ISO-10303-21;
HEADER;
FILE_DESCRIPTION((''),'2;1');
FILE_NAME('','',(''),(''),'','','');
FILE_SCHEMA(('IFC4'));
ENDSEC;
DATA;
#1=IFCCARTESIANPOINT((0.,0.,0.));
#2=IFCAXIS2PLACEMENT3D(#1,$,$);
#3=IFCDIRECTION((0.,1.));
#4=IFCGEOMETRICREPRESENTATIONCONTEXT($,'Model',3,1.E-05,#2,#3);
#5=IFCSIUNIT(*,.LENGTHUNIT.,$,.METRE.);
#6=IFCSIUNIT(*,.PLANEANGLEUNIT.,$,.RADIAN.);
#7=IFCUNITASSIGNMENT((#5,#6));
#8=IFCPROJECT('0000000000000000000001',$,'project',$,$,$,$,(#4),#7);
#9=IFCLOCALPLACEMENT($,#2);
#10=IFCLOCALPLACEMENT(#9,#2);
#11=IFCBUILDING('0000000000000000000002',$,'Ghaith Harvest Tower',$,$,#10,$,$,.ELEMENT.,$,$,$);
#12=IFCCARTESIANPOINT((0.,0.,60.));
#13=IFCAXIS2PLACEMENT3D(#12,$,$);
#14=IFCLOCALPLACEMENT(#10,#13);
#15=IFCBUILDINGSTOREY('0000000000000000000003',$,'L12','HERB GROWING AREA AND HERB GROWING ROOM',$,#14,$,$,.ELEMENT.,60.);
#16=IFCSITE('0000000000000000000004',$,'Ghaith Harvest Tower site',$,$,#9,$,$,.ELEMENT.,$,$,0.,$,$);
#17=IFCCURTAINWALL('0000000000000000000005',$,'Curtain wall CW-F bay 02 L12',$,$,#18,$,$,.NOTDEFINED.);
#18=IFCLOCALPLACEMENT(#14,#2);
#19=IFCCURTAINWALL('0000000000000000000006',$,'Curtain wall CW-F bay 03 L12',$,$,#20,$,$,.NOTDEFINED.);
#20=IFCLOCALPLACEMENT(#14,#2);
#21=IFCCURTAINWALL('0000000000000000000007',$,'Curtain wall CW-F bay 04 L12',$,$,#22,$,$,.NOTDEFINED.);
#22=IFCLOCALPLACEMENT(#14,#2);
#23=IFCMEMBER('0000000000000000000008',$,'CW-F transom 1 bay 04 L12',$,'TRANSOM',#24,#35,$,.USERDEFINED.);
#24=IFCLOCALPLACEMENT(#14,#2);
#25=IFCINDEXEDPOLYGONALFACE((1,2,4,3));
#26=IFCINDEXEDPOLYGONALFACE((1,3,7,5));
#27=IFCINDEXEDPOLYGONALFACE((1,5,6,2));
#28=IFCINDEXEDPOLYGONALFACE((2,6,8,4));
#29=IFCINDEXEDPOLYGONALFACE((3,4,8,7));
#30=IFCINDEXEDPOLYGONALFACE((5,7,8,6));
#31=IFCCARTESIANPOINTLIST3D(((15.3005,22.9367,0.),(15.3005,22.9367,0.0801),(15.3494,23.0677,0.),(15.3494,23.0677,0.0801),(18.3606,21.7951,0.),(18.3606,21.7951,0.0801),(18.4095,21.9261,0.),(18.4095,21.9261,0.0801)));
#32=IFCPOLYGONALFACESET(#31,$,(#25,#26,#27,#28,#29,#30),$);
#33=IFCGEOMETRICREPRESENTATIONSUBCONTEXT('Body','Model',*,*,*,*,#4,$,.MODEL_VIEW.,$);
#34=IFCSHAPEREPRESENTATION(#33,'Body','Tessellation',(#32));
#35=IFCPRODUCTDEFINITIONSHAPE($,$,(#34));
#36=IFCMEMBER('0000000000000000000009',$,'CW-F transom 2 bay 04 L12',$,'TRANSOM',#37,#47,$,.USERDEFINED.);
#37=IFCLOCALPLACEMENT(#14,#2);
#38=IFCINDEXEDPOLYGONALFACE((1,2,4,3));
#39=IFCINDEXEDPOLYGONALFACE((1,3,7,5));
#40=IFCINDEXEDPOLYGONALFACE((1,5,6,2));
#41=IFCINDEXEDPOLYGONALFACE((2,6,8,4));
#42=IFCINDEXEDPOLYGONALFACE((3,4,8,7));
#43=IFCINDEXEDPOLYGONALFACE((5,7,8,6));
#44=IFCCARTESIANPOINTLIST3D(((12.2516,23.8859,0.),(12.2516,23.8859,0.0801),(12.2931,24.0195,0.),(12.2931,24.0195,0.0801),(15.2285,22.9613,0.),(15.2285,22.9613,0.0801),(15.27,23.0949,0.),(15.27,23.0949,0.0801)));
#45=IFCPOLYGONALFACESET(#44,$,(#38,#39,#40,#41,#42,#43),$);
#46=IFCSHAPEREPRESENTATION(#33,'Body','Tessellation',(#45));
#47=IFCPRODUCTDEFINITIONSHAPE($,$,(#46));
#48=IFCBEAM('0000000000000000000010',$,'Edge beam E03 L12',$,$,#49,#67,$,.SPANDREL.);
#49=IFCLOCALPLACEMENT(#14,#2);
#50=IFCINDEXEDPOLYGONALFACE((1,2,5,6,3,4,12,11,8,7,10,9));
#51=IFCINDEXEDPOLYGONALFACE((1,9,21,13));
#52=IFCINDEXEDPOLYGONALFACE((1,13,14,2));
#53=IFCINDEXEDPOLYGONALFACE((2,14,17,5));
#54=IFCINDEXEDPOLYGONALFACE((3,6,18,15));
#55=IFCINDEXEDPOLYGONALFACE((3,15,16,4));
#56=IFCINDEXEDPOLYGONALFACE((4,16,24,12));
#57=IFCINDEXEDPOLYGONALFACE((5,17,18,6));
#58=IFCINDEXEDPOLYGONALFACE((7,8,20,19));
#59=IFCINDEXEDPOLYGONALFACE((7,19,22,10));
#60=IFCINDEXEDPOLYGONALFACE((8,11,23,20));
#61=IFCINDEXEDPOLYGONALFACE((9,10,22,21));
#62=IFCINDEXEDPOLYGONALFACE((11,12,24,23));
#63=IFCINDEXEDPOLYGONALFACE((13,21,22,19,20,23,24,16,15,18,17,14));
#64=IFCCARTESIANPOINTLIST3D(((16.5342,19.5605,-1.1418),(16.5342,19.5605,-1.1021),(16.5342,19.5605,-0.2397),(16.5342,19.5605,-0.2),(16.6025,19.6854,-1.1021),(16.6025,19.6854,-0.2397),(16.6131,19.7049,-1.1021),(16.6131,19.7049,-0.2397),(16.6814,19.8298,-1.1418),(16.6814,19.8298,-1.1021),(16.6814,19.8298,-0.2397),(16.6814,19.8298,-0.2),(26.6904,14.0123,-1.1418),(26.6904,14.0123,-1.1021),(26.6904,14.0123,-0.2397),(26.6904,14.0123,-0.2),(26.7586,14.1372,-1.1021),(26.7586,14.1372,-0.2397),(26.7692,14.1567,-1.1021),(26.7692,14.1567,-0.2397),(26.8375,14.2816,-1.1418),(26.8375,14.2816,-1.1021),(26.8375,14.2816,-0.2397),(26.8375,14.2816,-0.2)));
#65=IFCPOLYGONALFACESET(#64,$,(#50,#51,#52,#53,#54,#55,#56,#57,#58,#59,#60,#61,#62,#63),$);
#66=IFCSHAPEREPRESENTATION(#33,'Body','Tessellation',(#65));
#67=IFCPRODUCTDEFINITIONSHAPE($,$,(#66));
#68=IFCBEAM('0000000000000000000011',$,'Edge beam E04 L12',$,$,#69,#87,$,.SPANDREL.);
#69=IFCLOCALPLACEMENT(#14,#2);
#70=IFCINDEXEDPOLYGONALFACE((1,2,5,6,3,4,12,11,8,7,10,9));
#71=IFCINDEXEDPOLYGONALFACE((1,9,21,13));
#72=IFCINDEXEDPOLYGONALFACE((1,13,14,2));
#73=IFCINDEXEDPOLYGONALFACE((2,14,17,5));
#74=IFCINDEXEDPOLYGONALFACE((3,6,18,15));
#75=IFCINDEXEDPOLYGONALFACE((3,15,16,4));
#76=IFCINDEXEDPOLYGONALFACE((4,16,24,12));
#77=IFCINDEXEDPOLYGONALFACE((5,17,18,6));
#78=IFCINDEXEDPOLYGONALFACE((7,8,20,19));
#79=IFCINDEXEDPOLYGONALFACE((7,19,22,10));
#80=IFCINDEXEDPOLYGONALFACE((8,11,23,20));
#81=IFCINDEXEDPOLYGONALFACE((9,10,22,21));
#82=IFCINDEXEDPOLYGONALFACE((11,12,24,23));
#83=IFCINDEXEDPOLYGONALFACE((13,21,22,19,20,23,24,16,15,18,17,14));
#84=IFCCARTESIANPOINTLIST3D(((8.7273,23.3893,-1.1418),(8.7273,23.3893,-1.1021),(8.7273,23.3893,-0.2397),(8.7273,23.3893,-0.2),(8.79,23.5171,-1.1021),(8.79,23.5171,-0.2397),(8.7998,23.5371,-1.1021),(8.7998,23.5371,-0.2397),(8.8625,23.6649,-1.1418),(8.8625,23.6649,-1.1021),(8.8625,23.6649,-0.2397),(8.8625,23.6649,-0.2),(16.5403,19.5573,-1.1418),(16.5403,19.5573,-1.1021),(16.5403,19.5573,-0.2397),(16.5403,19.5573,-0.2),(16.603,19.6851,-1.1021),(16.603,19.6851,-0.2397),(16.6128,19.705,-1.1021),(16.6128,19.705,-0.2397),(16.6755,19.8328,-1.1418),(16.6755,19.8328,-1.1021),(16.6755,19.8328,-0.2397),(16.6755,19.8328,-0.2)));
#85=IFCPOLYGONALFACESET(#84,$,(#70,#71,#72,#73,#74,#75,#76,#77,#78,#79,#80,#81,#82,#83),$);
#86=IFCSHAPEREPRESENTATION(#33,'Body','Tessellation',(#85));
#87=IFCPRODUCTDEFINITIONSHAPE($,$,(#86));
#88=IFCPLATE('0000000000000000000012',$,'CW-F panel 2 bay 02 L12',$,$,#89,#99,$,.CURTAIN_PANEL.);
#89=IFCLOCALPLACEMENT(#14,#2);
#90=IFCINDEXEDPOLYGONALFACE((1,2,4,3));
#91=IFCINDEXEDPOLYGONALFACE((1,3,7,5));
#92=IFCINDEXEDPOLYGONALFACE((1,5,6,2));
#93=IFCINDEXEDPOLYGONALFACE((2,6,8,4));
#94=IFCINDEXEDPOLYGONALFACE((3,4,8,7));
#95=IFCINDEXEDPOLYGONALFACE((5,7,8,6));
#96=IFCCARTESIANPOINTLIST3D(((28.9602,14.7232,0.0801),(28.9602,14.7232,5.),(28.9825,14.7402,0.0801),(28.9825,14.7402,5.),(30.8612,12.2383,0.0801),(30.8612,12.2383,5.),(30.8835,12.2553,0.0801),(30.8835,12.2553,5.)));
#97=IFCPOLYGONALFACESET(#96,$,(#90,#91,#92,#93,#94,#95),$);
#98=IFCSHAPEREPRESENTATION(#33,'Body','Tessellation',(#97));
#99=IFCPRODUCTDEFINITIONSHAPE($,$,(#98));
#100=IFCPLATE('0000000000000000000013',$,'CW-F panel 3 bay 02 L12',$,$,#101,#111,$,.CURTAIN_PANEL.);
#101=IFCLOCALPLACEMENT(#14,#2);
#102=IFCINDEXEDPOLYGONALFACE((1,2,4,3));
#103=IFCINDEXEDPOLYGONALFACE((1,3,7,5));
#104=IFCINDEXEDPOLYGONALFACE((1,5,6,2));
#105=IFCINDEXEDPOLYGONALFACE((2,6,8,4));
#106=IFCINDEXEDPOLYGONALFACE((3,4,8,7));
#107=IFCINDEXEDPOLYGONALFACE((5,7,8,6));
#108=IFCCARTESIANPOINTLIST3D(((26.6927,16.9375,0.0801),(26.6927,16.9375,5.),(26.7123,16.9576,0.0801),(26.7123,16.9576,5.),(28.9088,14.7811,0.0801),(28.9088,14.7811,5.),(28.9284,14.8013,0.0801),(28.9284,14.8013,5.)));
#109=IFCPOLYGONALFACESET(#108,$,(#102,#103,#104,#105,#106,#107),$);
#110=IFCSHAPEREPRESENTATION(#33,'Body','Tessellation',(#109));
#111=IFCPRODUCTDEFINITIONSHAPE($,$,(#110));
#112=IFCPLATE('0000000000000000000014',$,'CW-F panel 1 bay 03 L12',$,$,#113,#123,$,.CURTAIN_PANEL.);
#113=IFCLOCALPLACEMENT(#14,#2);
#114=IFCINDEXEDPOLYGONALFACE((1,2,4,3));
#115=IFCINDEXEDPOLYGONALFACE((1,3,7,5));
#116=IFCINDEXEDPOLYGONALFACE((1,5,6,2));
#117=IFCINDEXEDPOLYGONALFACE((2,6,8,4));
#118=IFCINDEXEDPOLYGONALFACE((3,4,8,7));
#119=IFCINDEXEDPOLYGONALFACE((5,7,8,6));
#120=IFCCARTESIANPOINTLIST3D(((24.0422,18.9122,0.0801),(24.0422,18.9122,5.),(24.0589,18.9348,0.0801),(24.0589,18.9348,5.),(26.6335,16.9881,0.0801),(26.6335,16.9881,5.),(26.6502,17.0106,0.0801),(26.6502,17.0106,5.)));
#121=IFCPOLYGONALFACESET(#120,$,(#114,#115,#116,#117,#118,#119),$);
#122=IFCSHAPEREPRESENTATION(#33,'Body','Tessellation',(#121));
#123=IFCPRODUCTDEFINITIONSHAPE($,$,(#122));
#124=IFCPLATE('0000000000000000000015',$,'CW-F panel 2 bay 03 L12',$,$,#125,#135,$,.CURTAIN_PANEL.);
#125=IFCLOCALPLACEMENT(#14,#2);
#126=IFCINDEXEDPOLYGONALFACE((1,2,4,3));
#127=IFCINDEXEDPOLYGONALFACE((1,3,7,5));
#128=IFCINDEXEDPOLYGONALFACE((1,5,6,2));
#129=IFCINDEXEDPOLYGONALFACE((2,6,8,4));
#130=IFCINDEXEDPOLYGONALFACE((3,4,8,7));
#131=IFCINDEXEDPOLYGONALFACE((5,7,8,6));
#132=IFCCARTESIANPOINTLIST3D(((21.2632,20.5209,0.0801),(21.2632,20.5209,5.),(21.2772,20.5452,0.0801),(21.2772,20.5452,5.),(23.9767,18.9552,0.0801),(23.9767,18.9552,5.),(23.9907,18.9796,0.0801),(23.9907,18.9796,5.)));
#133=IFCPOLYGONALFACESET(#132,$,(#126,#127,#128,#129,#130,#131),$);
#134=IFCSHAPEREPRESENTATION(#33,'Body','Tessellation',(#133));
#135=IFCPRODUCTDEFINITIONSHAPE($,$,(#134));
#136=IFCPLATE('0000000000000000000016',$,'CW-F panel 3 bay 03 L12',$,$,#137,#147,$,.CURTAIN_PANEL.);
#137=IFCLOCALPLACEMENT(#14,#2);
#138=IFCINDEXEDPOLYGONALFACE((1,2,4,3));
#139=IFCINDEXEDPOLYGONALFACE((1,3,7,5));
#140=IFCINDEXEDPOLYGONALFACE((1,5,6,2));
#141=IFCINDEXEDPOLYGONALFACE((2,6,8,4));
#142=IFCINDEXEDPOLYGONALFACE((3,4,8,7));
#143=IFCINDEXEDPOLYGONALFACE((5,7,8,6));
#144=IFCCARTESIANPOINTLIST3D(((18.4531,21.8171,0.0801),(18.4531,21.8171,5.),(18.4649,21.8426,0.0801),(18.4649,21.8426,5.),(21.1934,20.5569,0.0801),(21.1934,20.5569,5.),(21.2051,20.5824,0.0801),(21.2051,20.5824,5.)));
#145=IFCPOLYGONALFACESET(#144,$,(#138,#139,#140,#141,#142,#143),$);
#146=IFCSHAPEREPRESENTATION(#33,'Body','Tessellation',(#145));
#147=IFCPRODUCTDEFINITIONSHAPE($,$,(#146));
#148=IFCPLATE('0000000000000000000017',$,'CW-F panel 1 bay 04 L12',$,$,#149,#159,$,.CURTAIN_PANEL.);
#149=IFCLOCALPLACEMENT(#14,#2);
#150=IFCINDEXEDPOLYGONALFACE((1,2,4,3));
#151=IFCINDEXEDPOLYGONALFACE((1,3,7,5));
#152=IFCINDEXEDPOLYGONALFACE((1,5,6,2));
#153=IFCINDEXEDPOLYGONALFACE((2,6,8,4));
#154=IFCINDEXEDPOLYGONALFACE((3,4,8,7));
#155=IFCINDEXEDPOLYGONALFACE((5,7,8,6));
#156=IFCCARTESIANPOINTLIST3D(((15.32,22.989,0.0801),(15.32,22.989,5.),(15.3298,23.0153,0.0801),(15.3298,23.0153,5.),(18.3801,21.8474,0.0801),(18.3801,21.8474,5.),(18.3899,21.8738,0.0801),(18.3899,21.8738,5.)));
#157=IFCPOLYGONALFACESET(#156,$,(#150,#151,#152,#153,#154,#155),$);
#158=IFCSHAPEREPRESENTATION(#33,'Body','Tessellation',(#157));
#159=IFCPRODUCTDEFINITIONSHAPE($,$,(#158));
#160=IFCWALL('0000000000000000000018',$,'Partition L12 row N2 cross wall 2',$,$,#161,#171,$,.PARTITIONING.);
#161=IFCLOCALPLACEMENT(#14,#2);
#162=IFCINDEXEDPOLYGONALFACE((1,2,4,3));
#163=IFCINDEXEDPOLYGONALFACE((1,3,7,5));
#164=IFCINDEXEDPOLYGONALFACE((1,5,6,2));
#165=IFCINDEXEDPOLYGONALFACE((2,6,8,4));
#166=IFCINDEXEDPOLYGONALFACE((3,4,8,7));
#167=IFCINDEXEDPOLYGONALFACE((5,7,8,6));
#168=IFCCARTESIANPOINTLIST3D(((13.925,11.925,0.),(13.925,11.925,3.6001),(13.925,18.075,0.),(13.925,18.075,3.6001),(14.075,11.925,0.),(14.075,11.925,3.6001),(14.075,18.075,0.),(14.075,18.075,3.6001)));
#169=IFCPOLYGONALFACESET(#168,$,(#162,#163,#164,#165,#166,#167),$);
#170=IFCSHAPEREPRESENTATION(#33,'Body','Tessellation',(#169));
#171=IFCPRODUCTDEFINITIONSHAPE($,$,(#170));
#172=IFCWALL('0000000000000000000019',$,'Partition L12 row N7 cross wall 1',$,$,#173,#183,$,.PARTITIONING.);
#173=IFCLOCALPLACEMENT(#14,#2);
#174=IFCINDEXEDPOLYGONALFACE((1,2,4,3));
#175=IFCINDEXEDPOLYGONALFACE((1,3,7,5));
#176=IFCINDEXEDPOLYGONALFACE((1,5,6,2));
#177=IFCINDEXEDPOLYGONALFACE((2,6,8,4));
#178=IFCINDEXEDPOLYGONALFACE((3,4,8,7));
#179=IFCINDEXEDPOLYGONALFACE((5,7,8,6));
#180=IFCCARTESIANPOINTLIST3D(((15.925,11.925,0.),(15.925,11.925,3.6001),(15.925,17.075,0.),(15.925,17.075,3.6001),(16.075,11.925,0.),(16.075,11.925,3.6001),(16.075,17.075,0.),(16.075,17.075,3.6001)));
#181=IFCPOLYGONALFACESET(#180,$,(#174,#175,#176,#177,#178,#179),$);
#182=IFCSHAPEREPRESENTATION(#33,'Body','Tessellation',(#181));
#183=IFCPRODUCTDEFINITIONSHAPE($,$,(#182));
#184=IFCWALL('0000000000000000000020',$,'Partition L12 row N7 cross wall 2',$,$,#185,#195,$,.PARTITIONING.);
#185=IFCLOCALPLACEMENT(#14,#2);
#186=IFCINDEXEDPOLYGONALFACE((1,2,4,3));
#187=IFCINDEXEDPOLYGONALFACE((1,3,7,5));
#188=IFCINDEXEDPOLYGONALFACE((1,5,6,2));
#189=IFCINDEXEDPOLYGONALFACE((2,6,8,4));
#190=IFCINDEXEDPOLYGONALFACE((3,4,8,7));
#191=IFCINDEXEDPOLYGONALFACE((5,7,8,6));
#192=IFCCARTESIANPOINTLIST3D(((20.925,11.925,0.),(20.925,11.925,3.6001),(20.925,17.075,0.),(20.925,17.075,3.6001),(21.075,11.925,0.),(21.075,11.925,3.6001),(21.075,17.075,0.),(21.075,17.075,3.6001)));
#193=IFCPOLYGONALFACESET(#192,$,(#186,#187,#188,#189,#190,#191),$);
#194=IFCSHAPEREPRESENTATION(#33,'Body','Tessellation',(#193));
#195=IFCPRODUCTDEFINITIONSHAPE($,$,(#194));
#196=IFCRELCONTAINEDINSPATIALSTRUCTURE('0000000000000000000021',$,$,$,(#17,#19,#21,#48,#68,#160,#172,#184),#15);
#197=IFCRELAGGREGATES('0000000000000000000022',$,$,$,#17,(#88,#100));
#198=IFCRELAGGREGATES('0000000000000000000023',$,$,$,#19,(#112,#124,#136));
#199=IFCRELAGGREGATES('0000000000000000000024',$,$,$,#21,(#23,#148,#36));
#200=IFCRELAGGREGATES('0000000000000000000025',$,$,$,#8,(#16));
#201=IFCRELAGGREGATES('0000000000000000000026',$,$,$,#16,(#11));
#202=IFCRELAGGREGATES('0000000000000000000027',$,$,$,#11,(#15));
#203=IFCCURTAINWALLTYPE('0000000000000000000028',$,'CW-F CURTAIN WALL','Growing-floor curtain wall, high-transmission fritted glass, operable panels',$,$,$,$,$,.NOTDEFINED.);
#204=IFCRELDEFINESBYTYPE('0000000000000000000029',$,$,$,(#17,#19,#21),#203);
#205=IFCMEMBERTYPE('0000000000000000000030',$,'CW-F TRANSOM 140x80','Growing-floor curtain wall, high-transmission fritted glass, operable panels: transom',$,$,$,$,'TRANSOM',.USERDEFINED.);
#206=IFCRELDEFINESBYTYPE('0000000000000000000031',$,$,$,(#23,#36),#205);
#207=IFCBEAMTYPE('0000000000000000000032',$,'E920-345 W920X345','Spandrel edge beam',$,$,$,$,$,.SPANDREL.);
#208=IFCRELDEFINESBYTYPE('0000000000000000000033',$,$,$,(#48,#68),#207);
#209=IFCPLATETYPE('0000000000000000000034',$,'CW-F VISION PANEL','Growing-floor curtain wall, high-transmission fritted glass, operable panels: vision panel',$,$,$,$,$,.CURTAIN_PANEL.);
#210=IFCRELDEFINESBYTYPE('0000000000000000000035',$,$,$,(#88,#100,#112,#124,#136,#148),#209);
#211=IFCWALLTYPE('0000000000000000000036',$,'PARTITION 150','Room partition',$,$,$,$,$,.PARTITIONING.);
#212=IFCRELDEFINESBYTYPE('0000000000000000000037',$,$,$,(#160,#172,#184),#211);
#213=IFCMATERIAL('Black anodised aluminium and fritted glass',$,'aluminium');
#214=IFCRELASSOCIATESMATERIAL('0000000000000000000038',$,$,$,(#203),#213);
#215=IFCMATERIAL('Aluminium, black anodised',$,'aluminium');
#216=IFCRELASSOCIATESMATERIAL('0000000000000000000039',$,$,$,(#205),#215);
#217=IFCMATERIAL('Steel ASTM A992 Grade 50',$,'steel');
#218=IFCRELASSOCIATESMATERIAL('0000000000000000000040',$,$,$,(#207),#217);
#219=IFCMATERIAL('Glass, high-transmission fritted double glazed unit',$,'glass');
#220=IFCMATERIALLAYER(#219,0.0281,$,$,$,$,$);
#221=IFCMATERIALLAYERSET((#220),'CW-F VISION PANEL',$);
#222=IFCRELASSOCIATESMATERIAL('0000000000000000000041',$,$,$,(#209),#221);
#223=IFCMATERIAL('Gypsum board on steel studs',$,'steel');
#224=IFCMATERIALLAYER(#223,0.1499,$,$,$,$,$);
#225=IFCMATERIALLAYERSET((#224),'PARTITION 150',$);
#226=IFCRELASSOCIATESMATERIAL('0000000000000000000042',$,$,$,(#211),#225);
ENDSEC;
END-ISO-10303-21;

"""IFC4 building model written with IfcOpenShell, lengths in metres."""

from ifc_helpers import new_model, si_unit, direction, frame, frame_2d, origin, origin_2d, place, context, subcontext, project, spatial, rectangle, i_section, extrude, material, layer, layer_set, material_profile, profile_set, type_object, element, aggregate, save


model = new_model("IFC4")

# Units and contexts
model_context = context("Model", 3, precision=1e-05, world=origin(), true_north=direction((0.0, 1.0)))
body_context = subcontext(model_context, "Body", "Model", "MODEL_VIEW")
ifc_project = project(units=[si_unit("LENGTHUNIT", "METRE"), si_unit("PLANEANGLEUNIT", "RADIAN")], contexts=[model_context])

# Site, building, storey
site_placement = place(None, origin())
site = spatial("IfcSite", under=ifc_project, at=site_placement, Name="Ghaith Harvest Tower site", CompositionType="ELEMENT", RefElevation=0.0)
building_placement = place(site_placement, origin())
building = spatial("IfcBuilding", under=site, at=building_placement, Name="Ghaith Harvest Tower", CompositionType="ELEMENT")
storey_placement = place(building_placement, frame((0.0, 0.0, 60.0)))
storey = spatial("IfcBuildingStorey", under=building, at=storey_placement, Name="L12", Description="HERB GROWING AREA AND HERB GROWING ROOM", CompositionType="ELEMENT", Elevation=60.0)

# Curtain walls
ifc_material_1 = material(Name="Black anodised aluminium and fritted glass", Category="aluminium")
curtain_wall_type = type_object("IfcCurtainWallType", Name="CW-F CURTAIN WALL", Description="Growing-floor curtain wall, high-transmission fritted glass, operable panels", PredefinedType="NOTDEFINED", material=ifc_material_1)
curtain_wall_1_placement = place(storey_placement, origin())
curtain_wall_1 = element("IfcCurtainWall", 1, at=curtain_wall_1_placement, inside=storey, type_object=curtain_wall_type, Name="Curtain wall CW-F bay 02 L12", PredefinedType="NOTDEFINED")
curtain_wall_2_placement = place(storey_placement, origin())
curtain_wall_2 = element("IfcCurtainWall", 2, at=curtain_wall_2_placement, inside=storey, type_object=curtain_wall_type, Name="Curtain wall CW-F bay 03 L12", PredefinedType="NOTDEFINED")
curtain_wall_3_placement = place(storey_placement, origin())
curtain_wall_3 = element("IfcCurtainWall", 3, at=curtain_wall_3_placement, inside=storey, type_object=curtain_wall_type, Name="Curtain wall CW-F bay 04 L12", PredefinedType="NOTDEFINED")

# Members
ifc_material_2 = material(Name="Aluminium, black anodised", Category="aluminium")
ifc_material_profile_1 = material_profile(ifc_material_2, rectangle(XDim=0.1399, YDim=0.0801, at=origin_2d()), Name="CW-F TRANSOM 140x80")
ifc_profile_set_1 = profile_set([ifc_material_profile_1], Name="Aluminium, black anodised")
member_type_1 = type_object("IfcMemberType", Name="CW-F TRANSOM 140x80", Description="Growing-floor curtain wall, high-transmission fritted glass, operable panels: transom", ElementType="TRANSOM", PredefinedType="USERDEFINED", material=ifc_profile_set_1)
member_1_placement = place(storey_placement, frame((18.385, 21.8606, 0.04), z_axis=(-0.936924, 0.349534, 0.0), x_axis=(-0.349534, -0.936924, 0.0)))
member_1 = element("IfcMember", 4, at=member_1_placement, type_object=member_type_1, Name="CW-F transom 1 bay 04 L12", ObjectType="TRANSOM", PredefinedType="USERDEFINED", context=body_context, shape_type="SweptSolid", body=[
    extrude(rectangle(XDim=0.1399, YDim=0.0801, at=origin_2d()), origin(), (0.0, 0.0, 1.0), 3.2661),
])
member_2_placement = place(storey_placement, frame((15.2493, 23.0281, 0.04), z_axis=(-0.954998, 0.296611, 0.0), x_axis=(-0.296611, -0.954998, 0.0)))
member_2 = element("IfcMember", 5, at=member_2_placement, type_object=member_type_1, Name="CW-F transom 2 bay 04 L12", ObjectType="TRANSOM", PredefinedType="USERDEFINED", context=body_context, shape_type="SweptSolid", body=[
    extrude(rectangle(XDim=0.1399, YDim=0.0801, at=origin_2d()), origin(), (0.0, 0.0, 1.0), 3.1172),
])

# Beams
ifc_material_3 = material(Name="Steel ASTM A992 Grade 50", Category="steel")
ifc_material_profile_2 = material_profile(ifc_material_3, i_section(OverallWidth=0.3069, OverallDepth=0.9419, WebThickness=0.0222, FlangeThickness=0.0398, at=origin_2d()), Name="W920X345")
ifc_profile_set_2 = profile_set([ifc_material_profile_2], Name="Steel ASTM A992 Grade 50")
beam_type = type_object("IfcBeamType", Name="E920-345 W920X345", Description="Spandrel edge beam", PredefinedType="SPANDREL", material=ifc_profile_set_2)
beam_1_placement = place(storey_placement, frame((26.7639, 14.147, -0.6709), z_axis=(-0.877588, 0.479415, 0.0), x_axis=(-0.479415, -0.877588, 0.0)))
element("IfcBeam", 6, at=beam_1_placement, inside=storey, type_object=beam_type, Name="Edge beam E03 L12", PredefinedType="SPANDREL", context=body_context, shape_type="SweptSolid", body=[
    extrude(i_section(OverallWidth=0.3069, OverallDepth=0.9419, WebThickness=0.0222, FlangeThickness=0.0398, at=origin_2d()), origin(), (0.0, 0.0, 1.0), 11.5728),
])
beam_2_placement = place(storey_placement, frame((16.6079, 19.6951, -0.6709), z_axis=(-0.897824, 0.440355, 0.0), x_axis=(-0.440355, -0.897824, 0.0)))
element("IfcBeam", 7, at=beam_2_placement, inside=storey, type_object=beam_type, Name="Edge beam E04 L12", PredefinedType="SPANDREL", context=body_context, shape_type="SweptSolid", body=[
    extrude(i_section(OverallWidth=0.3069, OverallDepth=0.9419, WebThickness=0.0222, FlangeThickness=0.0398, at=origin_2d()), origin(), (0.0, 0.0, 1.0), 8.7021),
])

# Plates
ifc_material_4 = material(Name="Glass, high-transmission fritted double glazed unit", Category="glass")
ifc_layer_1 = layer(ifc_material_4, 0.0281)
ifc_layer_set_1 = layer_set([ifc_layer_1], Name="CW-F VISION PANEL")
plate_type = type_object("IfcPlateType", Name="CW-F VISION PANEL", Description="Growing-floor curtain wall, high-transmission fritted glass, operable panels: vision panel", PredefinedType="CURTAIN_PANEL", material=ifc_layer_set_1)
plate_1_placement = place(storey_placement, frame((29.9219, 13.4893, 0.0801), z_axis=(0.0, 0.0, 1.0), x_axis=(-0.607612, 0.794234, 0.0)))
plate_1 = element("IfcPlate", 8, at=plate_1_placement, type_object=plate_type, Name="CW-F panel 2 bay 02 L12", PredefinedType="CURTAIN_PANEL", context=body_context, shape_type="SweptSolid", body=[
    extrude(rectangle(XDim=3.1287, YDim=0.0281, at=origin_2d()), origin(), (0.0, 0.0, 1.0), 4.9199),
])
plate_2_placement = place(storey_placement, frame((27.8105, 15.8694, 0.0801), z_axis=(0.0, 0.0, 1.0), x_axis=(-0.716691, 0.697391, 0.0)))
plate_2 = element("IfcPlate", 9, at=plate_2_placement, type_object=plate_type, Name="CW-F panel 3 bay 02 L12", PredefinedType="CURTAIN_PANEL", context=body_context, shape_type="SweptSolid", body=[
    extrude(rectangle(XDim=3.092, YDim=0.0281, at=origin_2d()), origin(), (0.0, 0.0, 1.0), 4.9199),
])
aggregate(curtain_wall_1, [plate_1, plate_2])
plate_3_placement = place(storey_placement, frame((25.3462, 17.9614, 0.0801), z_axis=(0.0, 0.0, 1.0), x_axis=(-0.802867, 0.596158, 0.0)))
plate_3 = element("IfcPlate", 10, at=plate_3_placement, type_object=plate_type, Name="CW-F panel 1 bay 03 L12", PredefinedType="CURTAIN_PANEL", context=body_context, shape_type="SweptSolid", body=[
    extrude(rectangle(XDim=3.2275, YDim=0.0281, at=origin_2d()), origin(), (0.0, 0.0, 1.0), 4.9199),
])
plate_4_placement = place(storey_placement, frame((22.627, 19.7502, 0.0801), z_axis=(0.0, 0.0, 1.0), x_axis=(-0.866159, 0.499768, 0.0)))
plate_4 = element("IfcPlate", 11, at=plate_4_placement, type_object=plate_type, Name="CW-F panel 2 bay 03 L12", PredefinedType="CURTAIN_PANEL", context=body_context, shape_type="SweptSolid", body=[
    extrude(rectangle(XDim=3.1328, YDim=0.0281, at=origin_2d()), origin(), (0.0, 0.0, 1.0), 4.9199),
])
plate_5_placement = place(storey_placement, frame((19.8291, 21.1997, 0.0801), z_axis=(0.0, 0.0, 1.0), x_axis=(-0.90853, 0.417821, 0.0)))
plate_5 = element("IfcPlate", 12, at=plate_5_placement, type_object=plate_type, Name="CW-F panel 3 bay 03 L12", PredefinedType="CURTAIN_PANEL", context=body_context, shape_type="SweptSolid", body=[
    extrude(rectangle(XDim=3.0161, YDim=0.0281, at=origin_2d()), origin(), (0.0, 0.0, 1.0), 4.9199),
])
aggregate(curtain_wall_2, [plate_3, plate_4, plate_5])
plate_6_placement = place(storey_placement, frame((16.855, 22.4314, 0.0801), z_axis=(0.0, 0.0, 1.0), x_axis=(-0.936926, 0.349526, 0.0)))
plate_6 = element("IfcPlate", 13, at=plate_6_placement, type_object=plate_type, Name="CW-F panel 1 bay 04 L12", PredefinedType="CURTAIN_PANEL", context=body_context, shape_type="SweptSolid", body=[
    extrude(rectangle(XDim=3.2661, YDim=0.0281, at=origin_2d()), origin(), (0.0, 0.0, 1.0), 4.9199),
])
aggregate(curtain_wall_3, [member_1, plate_6, member_2])

# Walls
ifc_material_5 = material(Name="Gypsum board on steel studs", Category="steel")
ifc_layer_2 = layer(ifc_material_5, 0.1499)
ifc_layer_set_2 = layer_set([ifc_layer_2], Name="PARTITION 150")
wall_type = type_object("IfcWallType", Name="PARTITION 150", Description="Room partition", PredefinedType="PARTITIONING", material=ifc_layer_set_2)
wall_1_placement = place(storey_placement, frame((14.0, 11.925, 0.0), z_axis=(0.0, 0.0, 1.0), x_axis=(0.0, 1.0, 0.0)))
element("IfcWall", 14, at=wall_1_placement, inside=storey, type_object=wall_type, Name="Partition L12 row N2 cross wall 2", PredefinedType="PARTITIONING", context=body_context, shape_type="SweptSolid", body=[
    extrude(rectangle(XDim=6.1499, YDim=0.1499, at=frame_2d((3.075, 0.0))), origin(), (0.0, 0.0, 1.0), 3.6001),
])
for number, where, z_axis, x_axis, name in (
    (15, (16.0, 11.925, 0.0), (0.0, 0.0, 1.0), (0.0, 1.0, 0.0), "Partition L12 row N7 cross wall 1"),
    (16, (21.0, 11.925, 0.0), (0.0, 0.0, 1.0), (0.0, 1.0, 0.0), "Partition L12 row N7 cross wall 2"),
):
    element("IfcWall", number, at=place(storey_placement, frame(where, z_axis=z_axis, x_axis=x_axis)), inside=storey, type_object=wall_type, Name=name, PredefinedType="PARTITIONING", context=body_context, shape_type="SweptSolid", body=[
        extrude(rectangle(XDim=5.1499, YDim=0.1499, at=frame_2d((2.575, 0.0))), origin(), (0.0, 0.0, 1.0), 3.6001),
    ])

save(model, "model.ifc")
